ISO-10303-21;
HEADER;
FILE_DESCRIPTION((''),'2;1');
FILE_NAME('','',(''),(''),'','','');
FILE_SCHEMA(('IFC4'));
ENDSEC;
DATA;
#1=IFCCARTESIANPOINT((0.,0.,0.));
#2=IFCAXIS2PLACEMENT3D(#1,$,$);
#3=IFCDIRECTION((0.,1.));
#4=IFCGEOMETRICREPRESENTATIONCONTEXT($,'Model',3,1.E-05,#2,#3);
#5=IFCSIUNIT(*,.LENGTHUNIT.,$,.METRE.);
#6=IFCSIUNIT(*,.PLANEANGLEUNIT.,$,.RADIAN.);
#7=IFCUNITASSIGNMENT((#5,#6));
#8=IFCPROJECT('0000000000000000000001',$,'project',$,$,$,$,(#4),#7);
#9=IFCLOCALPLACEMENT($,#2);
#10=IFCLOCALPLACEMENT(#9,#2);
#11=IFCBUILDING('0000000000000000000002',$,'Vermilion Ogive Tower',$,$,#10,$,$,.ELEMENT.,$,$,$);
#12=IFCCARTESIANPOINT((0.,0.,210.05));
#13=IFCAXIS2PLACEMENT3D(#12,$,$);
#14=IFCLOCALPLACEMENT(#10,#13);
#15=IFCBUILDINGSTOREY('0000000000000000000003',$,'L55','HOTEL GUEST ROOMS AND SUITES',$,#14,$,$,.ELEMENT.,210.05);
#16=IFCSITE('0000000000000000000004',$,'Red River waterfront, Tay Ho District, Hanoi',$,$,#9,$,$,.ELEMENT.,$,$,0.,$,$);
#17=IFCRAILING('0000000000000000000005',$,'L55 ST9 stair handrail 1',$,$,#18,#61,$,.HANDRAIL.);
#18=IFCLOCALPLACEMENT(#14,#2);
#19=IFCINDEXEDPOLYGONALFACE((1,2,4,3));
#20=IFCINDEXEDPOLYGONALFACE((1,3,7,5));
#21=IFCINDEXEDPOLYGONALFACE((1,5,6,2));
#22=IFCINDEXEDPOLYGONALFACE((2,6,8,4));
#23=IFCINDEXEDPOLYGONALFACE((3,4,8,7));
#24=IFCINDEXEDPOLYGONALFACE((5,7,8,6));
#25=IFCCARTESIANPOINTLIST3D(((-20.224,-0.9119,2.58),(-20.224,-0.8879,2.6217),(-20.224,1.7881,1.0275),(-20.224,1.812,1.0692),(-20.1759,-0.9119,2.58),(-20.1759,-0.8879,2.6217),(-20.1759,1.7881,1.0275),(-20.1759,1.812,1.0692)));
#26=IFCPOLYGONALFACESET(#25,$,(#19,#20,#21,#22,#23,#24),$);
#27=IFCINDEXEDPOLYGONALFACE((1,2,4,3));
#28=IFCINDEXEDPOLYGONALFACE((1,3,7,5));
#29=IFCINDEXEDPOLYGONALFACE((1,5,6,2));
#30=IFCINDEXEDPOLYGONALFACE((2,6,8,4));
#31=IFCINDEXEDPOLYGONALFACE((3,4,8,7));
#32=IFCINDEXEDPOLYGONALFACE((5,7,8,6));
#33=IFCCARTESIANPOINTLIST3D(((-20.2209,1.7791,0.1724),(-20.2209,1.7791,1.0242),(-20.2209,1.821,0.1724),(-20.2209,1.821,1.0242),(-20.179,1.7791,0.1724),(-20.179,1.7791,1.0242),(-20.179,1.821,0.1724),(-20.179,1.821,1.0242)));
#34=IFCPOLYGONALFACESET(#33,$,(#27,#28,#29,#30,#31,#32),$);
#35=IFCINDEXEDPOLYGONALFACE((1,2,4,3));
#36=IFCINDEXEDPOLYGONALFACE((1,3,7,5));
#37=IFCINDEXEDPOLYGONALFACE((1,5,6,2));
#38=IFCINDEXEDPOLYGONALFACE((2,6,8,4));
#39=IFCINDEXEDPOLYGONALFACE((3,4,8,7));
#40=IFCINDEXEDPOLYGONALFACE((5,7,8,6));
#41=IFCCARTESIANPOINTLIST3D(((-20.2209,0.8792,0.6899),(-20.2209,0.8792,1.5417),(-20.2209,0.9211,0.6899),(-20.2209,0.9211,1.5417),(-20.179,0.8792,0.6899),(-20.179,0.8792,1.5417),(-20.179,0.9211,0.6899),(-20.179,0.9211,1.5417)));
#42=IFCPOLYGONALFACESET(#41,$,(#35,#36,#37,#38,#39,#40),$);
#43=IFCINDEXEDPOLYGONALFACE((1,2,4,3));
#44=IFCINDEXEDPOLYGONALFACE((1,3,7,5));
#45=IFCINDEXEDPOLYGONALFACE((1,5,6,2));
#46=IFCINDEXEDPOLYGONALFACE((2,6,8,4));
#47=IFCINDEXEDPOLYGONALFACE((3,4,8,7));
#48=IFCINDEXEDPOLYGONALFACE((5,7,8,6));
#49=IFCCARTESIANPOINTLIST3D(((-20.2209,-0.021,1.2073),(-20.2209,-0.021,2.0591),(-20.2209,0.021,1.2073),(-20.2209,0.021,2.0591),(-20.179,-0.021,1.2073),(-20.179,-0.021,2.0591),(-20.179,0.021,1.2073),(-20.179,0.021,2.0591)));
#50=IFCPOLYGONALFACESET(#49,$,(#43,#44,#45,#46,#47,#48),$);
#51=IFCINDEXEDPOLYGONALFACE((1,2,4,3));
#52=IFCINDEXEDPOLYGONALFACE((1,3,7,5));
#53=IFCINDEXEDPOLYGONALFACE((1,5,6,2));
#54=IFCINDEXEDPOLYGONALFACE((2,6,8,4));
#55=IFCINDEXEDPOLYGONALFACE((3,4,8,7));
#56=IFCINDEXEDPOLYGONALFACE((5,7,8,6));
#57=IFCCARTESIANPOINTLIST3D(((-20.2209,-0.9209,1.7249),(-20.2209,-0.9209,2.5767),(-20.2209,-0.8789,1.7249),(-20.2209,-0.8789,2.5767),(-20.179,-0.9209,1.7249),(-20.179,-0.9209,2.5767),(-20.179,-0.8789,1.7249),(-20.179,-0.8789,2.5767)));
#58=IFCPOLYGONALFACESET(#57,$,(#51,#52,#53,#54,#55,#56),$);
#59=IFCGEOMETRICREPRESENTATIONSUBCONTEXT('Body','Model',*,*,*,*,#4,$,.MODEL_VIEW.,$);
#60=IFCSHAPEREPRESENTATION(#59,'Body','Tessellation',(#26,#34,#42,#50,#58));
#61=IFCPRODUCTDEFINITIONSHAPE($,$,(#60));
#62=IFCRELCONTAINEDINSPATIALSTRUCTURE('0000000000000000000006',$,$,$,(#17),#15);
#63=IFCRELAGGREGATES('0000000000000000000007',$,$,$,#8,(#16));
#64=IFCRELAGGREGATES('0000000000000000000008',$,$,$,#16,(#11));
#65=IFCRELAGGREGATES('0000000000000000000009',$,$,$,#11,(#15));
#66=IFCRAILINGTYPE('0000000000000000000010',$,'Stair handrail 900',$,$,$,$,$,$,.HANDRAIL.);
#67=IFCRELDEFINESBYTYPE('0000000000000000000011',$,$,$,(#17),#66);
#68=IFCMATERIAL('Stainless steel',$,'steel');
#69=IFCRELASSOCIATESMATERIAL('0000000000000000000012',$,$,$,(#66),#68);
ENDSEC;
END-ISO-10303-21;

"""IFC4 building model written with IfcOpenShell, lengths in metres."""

from ifc_helpers import new_model, si_unit, direction, frame, origin, origin_2d, place, context, subcontext, project, spatial, rectangle, extrude, material, type_object, element, save


model = new_model("IFC4")

# Units and contexts
model_context = context("Model", 3, precision=1e-05, world=origin(), true_north=direction((0.0, 1.0)))
body_context = subcontext(model_context, "Body", "Model", "MODEL_VIEW")
ifc_project = project(units=[si_unit("LENGTHUNIT", "METRE"), si_unit("PLANEANGLEUNIT", "RADIAN")], contexts=[model_context])

# Site, building, storey
site_placement = place(None, origin())
site = spatial("IfcSite", under=ifc_project, at=site_placement, Name="Red River waterfront, Tay Ho District, Hanoi", CompositionType="ELEMENT", RefElevation=0.0)
building_placement = place(site_placement, origin())
building = spatial("IfcBuilding", under=site, at=building_placement, Name="Vermilion Ogive Tower", CompositionType="ELEMENT")
storey_placement = place(building_placement, frame((0.0, 0.0, 210.05)))
storey = spatial("IfcBuildingStorey", under=building, at=storey_placement, Name="L55", Description="HOTEL GUEST ROOMS AND SUITES", CompositionType="ELEMENT", Elevation=210.05)

# Railing
ifc_material_1 = material(Name="Stainless steel", Category="steel")
railing_type_1 = type_object("IfcRailingType", Name="Stair handrail 900", PredefinedType="HANDRAIL", material=ifc_material_1)
railing_1_placement = place(storey_placement, frame((-20.2, 1.8, 0.1724)))
element("IfcRailing", 1, at=railing_1_placement, inside=storey, type_object=railing_type_1, Name="L55 ST9 stair handrail 1", PredefinedType="HANDRAIL", context=body_context, shape_type="SweptSolid", body=[
    extrude(rectangle(XDim=0.0481, YDim=0.0481, at=origin_2d()), frame((0.0, 0.0, 0.876), z_axis=(0.0, -0.866904, 0.498476), x_axis=(1.0, 0.0, 0.0)), (0.0, 0.0, 1.0), 3.1145),
    extrude(rectangle(XDim=0.042, YDim=0.042, at=origin_2d()), origin(), (0.0, 0.0, 1.0), 0.8518),
    extrude(rectangle(XDim=0.042, YDim=0.042, at=origin_2d()), frame((0.0, -0.8999, 0.5176)), (0.0, 0.0, 1.0), 0.8518),
    extrude(rectangle(XDim=0.042, YDim=0.042, at=origin_2d()), frame((0.0, -1.8, 1.0349)), (0.0, 0.0, 1.0), 0.8518),
    extrude(rectangle(XDim=0.042, YDim=0.042, at=origin_2d()), frame((0.0, -2.7, 1.5525)), (0.0, 0.0, 1.0), 0.8518),
])

save(model, "model.ifc")
